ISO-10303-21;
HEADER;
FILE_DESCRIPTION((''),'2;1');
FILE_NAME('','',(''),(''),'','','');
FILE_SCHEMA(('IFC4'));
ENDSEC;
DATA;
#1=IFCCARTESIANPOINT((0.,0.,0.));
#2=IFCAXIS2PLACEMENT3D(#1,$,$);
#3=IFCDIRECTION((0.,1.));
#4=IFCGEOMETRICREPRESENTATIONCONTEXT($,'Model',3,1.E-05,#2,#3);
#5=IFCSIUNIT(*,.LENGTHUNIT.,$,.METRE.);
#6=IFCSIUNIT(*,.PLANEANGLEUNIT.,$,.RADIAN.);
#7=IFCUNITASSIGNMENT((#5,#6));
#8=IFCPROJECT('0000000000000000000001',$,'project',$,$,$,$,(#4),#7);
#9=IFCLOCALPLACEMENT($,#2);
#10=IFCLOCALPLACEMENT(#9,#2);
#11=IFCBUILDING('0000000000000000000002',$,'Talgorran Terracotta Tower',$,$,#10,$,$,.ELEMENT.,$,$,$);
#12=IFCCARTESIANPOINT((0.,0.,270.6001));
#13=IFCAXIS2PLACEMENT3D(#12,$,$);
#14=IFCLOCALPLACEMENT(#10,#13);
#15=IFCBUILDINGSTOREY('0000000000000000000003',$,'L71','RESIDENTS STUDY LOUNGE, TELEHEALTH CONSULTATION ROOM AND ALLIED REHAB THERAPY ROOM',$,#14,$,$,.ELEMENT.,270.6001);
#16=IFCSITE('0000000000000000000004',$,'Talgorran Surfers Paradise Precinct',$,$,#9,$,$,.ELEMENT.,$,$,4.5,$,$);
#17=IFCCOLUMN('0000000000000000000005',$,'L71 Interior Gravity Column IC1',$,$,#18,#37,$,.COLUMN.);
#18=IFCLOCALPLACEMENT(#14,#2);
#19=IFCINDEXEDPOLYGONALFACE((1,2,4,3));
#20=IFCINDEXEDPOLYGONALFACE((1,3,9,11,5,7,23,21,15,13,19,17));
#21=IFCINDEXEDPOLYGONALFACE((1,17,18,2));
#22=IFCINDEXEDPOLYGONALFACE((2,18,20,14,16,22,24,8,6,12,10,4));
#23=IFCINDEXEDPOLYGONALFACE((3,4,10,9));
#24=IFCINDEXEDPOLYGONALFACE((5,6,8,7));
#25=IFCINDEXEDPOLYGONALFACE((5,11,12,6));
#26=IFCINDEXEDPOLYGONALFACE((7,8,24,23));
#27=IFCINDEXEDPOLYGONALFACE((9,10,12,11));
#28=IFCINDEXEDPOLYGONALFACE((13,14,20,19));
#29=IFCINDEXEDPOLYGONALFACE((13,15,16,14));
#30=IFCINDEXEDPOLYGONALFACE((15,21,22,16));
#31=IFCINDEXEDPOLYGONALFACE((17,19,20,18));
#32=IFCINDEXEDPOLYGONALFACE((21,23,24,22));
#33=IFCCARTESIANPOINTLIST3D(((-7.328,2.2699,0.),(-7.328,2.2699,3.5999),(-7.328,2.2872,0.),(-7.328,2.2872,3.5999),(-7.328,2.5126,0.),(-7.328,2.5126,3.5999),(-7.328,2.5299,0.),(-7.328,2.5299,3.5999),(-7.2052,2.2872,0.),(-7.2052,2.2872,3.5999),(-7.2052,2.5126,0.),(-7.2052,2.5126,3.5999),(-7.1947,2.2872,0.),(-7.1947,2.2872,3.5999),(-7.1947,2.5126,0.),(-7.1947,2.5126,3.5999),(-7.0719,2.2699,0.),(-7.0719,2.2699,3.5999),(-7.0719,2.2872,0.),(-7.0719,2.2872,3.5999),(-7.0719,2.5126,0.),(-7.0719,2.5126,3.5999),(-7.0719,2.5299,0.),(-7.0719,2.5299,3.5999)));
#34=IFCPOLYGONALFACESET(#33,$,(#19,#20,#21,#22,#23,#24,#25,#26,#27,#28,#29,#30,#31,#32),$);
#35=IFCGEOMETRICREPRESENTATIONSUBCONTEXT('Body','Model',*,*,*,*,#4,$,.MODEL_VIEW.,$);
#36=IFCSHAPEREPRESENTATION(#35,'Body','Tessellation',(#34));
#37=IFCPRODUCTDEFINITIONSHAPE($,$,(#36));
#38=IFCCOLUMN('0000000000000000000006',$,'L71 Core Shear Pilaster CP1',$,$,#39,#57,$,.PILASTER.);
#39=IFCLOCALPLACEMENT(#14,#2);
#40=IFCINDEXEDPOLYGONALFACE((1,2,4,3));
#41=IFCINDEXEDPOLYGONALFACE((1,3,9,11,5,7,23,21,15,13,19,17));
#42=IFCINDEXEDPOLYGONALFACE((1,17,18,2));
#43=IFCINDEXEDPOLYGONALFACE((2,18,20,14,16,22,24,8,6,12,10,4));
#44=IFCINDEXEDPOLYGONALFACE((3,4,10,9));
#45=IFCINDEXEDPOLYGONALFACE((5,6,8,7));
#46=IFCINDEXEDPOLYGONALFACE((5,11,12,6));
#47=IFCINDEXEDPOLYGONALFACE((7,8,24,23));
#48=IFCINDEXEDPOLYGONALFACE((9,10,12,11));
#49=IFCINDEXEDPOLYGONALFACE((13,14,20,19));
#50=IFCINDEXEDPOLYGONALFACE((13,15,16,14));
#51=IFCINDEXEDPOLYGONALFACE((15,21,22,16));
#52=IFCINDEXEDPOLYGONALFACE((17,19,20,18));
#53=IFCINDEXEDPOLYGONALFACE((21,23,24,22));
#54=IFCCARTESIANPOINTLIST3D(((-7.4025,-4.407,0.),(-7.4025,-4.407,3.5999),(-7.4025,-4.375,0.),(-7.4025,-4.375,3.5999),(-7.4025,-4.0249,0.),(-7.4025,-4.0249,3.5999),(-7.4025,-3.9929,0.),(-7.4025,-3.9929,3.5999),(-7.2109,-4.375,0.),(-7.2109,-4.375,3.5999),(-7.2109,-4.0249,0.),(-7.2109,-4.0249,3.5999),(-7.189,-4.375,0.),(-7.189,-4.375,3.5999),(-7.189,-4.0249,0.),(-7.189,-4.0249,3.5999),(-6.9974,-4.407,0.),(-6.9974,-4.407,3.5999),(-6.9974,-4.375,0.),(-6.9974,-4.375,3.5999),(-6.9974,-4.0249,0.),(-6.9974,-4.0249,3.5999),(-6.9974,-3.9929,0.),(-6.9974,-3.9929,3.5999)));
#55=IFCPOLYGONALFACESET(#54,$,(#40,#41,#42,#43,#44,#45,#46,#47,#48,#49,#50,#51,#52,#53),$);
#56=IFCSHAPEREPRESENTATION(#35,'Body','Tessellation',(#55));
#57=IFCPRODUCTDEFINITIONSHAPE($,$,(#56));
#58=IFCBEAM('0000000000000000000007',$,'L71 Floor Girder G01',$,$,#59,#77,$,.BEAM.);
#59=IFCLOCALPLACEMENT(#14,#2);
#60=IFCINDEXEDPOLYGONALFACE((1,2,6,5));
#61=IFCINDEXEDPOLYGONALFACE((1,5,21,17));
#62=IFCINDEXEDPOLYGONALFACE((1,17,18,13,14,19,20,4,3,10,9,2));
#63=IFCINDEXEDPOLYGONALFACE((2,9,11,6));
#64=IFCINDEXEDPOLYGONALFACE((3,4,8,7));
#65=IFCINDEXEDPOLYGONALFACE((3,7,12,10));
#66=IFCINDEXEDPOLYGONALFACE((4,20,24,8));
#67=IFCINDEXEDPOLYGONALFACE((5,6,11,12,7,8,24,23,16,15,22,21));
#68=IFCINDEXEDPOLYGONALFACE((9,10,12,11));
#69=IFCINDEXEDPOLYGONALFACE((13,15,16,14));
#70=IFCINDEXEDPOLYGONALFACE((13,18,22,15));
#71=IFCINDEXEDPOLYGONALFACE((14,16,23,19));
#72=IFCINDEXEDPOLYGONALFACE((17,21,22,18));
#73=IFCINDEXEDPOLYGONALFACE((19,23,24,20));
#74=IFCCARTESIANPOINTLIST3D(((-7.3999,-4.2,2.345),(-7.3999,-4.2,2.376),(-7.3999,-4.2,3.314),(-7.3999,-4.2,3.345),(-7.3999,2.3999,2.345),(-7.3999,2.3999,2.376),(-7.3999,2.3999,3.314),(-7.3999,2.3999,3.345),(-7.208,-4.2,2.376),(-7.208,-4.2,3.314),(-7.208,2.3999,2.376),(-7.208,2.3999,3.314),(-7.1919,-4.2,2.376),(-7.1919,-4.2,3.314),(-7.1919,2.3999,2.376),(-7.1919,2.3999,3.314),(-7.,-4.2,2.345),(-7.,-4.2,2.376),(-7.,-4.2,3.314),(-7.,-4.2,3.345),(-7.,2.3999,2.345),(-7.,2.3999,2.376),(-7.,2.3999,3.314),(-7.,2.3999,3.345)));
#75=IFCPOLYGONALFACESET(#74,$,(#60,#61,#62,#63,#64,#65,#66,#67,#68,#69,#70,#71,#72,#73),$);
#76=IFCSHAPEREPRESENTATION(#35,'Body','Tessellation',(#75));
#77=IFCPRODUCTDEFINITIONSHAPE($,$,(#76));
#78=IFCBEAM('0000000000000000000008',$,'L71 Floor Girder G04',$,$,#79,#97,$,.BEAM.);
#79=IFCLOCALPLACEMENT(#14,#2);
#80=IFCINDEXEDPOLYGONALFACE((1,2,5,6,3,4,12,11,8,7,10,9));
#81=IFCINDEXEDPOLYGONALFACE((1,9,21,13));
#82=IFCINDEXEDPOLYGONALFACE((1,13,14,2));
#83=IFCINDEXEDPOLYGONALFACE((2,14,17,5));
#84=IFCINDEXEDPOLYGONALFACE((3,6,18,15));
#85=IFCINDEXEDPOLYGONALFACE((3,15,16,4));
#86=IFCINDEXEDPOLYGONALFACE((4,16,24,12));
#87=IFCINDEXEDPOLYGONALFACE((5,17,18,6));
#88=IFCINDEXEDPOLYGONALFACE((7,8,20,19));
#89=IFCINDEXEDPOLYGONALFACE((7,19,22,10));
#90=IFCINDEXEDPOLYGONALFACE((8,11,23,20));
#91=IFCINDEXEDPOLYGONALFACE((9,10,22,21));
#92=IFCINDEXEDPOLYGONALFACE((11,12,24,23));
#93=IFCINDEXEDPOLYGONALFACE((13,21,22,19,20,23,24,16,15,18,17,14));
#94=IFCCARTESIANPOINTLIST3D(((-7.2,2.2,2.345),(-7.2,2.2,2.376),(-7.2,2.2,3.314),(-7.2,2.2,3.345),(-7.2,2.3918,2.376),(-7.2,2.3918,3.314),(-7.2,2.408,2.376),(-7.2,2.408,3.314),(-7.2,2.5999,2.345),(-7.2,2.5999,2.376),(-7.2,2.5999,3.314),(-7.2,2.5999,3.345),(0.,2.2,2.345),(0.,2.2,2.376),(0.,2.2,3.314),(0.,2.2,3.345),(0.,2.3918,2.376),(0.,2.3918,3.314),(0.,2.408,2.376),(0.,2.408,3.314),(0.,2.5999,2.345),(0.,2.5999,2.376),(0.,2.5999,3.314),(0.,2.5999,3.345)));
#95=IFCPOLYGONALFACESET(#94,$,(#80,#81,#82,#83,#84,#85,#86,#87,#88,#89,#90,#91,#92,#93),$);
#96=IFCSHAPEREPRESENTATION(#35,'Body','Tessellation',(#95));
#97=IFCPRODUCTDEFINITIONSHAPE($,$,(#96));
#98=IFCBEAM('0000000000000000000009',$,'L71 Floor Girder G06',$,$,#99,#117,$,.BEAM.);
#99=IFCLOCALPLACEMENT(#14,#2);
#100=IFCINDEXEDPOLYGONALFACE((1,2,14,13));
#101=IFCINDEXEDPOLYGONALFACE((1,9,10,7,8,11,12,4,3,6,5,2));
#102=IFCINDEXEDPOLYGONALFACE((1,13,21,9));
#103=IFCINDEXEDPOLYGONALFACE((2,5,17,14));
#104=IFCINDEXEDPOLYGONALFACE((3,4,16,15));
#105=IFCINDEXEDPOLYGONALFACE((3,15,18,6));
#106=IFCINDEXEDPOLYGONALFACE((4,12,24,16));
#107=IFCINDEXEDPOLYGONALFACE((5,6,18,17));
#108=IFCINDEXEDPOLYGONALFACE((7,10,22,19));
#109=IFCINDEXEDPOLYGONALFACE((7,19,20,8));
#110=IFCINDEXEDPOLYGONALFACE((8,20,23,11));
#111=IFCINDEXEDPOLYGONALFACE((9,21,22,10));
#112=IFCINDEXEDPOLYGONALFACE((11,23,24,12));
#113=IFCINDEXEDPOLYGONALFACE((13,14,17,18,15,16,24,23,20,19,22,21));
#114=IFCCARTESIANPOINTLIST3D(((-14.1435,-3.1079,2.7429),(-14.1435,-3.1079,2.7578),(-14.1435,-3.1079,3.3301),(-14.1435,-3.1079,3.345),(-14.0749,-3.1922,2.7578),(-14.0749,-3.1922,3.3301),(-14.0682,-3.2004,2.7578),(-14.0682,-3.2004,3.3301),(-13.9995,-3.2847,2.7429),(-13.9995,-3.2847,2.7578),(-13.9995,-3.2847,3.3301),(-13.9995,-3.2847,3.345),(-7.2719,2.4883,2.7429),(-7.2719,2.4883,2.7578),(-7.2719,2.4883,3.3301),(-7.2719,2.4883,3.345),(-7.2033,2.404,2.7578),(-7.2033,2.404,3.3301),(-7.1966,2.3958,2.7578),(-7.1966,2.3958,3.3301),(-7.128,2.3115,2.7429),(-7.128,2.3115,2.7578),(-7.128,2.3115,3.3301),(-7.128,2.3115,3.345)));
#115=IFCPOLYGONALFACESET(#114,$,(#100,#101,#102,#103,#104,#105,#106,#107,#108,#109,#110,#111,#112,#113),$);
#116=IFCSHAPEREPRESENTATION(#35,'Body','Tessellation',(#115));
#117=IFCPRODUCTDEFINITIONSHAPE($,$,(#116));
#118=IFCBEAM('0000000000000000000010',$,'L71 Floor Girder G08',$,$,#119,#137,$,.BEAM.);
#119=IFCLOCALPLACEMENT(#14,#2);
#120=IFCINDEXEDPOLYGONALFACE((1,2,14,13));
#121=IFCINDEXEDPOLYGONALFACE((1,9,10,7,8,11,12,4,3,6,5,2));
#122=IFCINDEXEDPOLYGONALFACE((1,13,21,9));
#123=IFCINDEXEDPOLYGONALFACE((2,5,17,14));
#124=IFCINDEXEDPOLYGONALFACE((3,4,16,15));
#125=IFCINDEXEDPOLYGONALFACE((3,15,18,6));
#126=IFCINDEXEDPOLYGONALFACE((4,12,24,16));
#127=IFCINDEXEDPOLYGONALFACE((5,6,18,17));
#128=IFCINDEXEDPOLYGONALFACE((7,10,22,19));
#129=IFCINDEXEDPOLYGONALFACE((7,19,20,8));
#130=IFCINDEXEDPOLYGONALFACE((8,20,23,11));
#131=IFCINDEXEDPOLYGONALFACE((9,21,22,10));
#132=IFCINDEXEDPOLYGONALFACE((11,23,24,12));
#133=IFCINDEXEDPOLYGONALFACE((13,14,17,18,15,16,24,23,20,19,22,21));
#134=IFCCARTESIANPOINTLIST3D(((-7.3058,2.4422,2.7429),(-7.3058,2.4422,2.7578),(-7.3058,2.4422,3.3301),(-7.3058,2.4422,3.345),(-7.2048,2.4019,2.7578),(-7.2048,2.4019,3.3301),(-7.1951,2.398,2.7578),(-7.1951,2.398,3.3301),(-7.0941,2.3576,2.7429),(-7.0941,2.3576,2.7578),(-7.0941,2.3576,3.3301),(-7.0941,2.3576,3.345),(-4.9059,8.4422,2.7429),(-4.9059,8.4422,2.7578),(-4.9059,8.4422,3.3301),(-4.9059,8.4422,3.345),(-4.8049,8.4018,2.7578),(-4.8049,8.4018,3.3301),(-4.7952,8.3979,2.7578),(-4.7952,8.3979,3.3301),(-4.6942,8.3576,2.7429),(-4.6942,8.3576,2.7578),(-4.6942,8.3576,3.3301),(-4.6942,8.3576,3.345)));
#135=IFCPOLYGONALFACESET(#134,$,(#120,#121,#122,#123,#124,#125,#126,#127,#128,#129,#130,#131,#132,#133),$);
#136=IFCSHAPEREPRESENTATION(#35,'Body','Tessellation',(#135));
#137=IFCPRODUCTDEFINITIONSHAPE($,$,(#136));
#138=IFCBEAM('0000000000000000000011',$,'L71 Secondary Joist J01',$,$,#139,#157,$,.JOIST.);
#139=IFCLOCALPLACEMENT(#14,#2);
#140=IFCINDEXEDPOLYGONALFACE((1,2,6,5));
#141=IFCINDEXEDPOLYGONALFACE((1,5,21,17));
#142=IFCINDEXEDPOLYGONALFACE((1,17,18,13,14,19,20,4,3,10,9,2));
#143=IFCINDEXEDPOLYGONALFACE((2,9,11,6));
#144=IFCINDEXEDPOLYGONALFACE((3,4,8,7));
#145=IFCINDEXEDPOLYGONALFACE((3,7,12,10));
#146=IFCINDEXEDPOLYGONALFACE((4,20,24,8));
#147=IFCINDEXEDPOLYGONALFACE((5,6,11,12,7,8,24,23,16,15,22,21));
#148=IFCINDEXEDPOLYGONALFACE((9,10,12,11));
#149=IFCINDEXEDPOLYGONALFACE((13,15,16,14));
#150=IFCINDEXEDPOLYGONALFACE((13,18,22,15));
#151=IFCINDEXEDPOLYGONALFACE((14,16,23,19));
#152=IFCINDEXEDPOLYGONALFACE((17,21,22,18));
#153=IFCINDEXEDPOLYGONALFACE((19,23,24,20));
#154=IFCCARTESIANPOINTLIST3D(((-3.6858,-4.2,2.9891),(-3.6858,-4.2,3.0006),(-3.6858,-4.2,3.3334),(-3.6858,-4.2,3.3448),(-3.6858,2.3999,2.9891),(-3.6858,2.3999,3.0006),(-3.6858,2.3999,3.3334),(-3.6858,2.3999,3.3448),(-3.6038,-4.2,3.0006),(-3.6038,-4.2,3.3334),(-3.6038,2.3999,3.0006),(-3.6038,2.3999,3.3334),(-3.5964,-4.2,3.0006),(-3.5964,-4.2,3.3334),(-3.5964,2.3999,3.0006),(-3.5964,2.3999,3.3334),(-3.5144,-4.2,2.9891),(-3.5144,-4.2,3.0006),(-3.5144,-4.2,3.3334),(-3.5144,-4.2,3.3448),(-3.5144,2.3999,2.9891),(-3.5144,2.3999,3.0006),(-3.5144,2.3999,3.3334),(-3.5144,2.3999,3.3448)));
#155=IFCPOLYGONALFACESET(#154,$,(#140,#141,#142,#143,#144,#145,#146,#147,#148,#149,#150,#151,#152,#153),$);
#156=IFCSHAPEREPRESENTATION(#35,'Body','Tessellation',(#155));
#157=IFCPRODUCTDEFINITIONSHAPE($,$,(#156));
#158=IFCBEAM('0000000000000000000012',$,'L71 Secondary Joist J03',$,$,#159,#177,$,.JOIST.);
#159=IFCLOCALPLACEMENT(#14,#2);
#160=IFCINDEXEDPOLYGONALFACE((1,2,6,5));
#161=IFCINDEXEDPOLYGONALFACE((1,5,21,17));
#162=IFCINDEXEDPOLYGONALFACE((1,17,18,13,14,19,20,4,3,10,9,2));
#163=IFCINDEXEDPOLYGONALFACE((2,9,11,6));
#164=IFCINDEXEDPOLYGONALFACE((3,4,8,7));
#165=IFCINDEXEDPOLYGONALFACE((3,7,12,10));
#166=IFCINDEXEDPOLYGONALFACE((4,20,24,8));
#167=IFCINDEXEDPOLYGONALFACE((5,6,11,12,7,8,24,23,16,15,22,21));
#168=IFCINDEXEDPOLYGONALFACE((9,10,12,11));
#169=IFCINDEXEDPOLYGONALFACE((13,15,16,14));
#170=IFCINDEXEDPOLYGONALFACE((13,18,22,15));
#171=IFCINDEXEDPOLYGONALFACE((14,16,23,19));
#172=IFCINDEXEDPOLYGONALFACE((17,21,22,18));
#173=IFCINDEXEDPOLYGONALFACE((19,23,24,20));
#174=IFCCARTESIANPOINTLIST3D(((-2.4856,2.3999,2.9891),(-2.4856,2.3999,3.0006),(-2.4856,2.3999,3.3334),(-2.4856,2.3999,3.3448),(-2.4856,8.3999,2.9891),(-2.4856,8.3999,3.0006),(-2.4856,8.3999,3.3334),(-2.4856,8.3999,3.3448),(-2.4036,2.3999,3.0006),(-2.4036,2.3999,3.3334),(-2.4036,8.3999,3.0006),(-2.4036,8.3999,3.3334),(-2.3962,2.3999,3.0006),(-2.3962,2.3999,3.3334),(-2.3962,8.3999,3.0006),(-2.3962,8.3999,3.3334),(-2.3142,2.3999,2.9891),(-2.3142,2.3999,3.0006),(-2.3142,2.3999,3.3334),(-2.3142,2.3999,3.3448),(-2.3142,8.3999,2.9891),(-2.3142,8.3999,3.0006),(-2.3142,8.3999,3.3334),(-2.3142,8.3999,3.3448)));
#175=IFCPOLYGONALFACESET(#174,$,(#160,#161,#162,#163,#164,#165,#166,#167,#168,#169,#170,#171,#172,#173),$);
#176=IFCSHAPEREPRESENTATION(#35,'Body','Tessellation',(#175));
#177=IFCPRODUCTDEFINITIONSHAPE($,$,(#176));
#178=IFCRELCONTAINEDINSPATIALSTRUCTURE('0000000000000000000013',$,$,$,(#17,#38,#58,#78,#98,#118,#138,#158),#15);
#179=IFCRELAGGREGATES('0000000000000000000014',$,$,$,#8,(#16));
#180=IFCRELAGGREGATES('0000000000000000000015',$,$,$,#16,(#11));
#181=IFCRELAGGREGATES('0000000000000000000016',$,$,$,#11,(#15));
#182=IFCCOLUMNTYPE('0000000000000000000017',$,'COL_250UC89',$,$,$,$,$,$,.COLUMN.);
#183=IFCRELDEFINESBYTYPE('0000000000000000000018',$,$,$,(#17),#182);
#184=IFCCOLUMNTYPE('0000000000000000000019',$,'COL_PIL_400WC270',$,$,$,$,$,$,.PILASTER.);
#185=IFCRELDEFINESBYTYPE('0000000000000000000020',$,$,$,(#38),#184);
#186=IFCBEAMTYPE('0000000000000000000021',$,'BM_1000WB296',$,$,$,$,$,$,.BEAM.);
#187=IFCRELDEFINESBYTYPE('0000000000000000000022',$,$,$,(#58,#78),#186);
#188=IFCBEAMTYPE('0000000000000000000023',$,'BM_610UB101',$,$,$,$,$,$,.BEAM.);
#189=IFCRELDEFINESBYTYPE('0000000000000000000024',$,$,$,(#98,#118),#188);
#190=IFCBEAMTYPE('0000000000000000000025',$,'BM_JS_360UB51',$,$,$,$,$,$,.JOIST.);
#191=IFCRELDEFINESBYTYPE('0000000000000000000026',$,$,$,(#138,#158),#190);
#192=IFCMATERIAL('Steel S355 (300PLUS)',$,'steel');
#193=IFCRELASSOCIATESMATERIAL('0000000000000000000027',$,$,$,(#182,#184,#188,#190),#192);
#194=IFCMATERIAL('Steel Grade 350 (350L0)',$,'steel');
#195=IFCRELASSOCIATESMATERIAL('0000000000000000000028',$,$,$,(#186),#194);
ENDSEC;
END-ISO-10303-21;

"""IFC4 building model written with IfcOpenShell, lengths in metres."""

from ifc_helpers import new_model, si_unit, direction, frame, origin, origin_2d, place, context, subcontext, project, spatial, i_section, extrude, material, material_profile, profile_set, type_object, element, save


model = new_model("IFC4")

# Units and contexts
model_context = context("Model", 3, precision=1e-05, world=origin(), true_north=direction((0.0, 1.0)))
body_context = subcontext(model_context, "Body", "Model", "MODEL_VIEW")
ifc_project = project(units=[si_unit("LENGTHUNIT", "METRE"), si_unit("PLANEANGLEUNIT", "RADIAN")], contexts=[model_context])

# Site, building, storey
site_placement = place(None, origin())
site = spatial("IfcSite", under=ifc_project, at=site_placement, Name="Talgorran Surfers Paradise Precinct", CompositionType="ELEMENT", RefElevation=4.5)
building_placement = place(site_placement, origin())
building = spatial("IfcBuilding", under=site, at=building_placement, Name="Talgorran Terracotta Tower", CompositionType="ELEMENT")
storey_placement = place(building_placement, frame((0.0, 0.0, 270.6001)))
storey = spatial("IfcBuildingStorey", under=building, at=storey_placement, Name="L71", Description="RESIDENTS STUDY LOUNGE, TELEHEALTH CONSULTATION ROOM AND ALLIED REHAB THERAPY ROOM", CompositionType="ELEMENT", Elevation=270.6001)

# Columns
ifc_material_1 = material(Name="Steel S355 (300PLUS)", Category="steel")
ifc_material_profile_1 = material_profile(ifc_material_1, i_section(OverallWidth=0.2561, OverallDepth=0.26, WebThickness=0.0105, FlangeThickness=0.0173, at=origin_2d()), Name="250UC89.5")
ifc_profile_set_1 = profile_set([ifc_material_profile_1], Name="Steel S355 (300PLUS)")
column_type_1 = type_object("IfcColumnType", Name="COL_250UC89", PredefinedType="COLUMN", material=ifc_profile_set_1)
column_1_placement = place(storey_placement, frame((-7.2, 2.3999, 0.0), z_axis=(0.0, 0.0, 1.0), x_axis=(1.0, 0.0, 0.0)))
element("IfcColumn", 1, at=column_1_placement, inside=storey, type_object=column_type_1, Name="L71 Interior Gravity Column IC1", PredefinedType="COLUMN", context=body_context, shape_type="SweptSolid", body=[
    extrude(i_section(OverallWidth=0.2561, OverallDepth=0.26, WebThickness=0.0105, FlangeThickness=0.0173, at=origin_2d()), origin(), (0.0, 0.0, 1.0), 3.5999),
])
ifc_material_profile_2 = material_profile(ifc_material_1, i_section(OverallWidth=0.405, OverallDepth=0.4141, WebThickness=0.022, FlangeThickness=0.032, at=origin_2d()), Name="400WC270")
ifc_profile_set_2 = profile_set([ifc_material_profile_2], Name="Steel S355 (300PLUS)")
column_type_2 = type_object("IfcColumnType", Name="COL_PIL_400WC270", PredefinedType="PILASTER", material=ifc_profile_set_2)
column_2_placement = place(storey_placement, frame((-7.2, -4.2, 0.0), z_axis=(0.0, 0.0, 1.0), x_axis=(1.0, 0.0, 0.0)))
element("IfcColumn", 2, at=column_2_placement, inside=storey, type_object=column_type_2, Name="L71 Core Shear Pilaster CP1", PredefinedType="PILASTER", context=body_context, shape_type="SweptSolid", body=[
    extrude(i_section(OverallWidth=0.405, OverallDepth=0.4141, WebThickness=0.022, FlangeThickness=0.032, at=origin_2d()), origin(), (0.0, 0.0, 1.0), 3.5999),
])

# Beams
ifc_material_2 = material(Name="Steel Grade 350 (350L0)", Category="steel")
ifc_material_profile_3 = material_profile(ifc_material_2, i_section(OverallWidth=0.3999, OverallDepth=1.0, WebThickness=0.0161, FlangeThickness=0.031, at=origin_2d()), Name="1000WB296")
ifc_profile_set_3 = profile_set([ifc_material_profile_3], Name="Steel Grade 350 (350L0)")
beam_type_1 = type_object("IfcBeamType", Name="BM_1000WB296", PredefinedType="BEAM", material=ifc_profile_set_3)
beam_1_placement = place(storey_placement, frame((-7.2, -4.2, 2.845), z_axis=(0.0, 1.0, 0.0), x_axis=(-1.0, 0.0, 0.0)))
element("IfcBeam", 3, at=beam_1_placement, inside=storey, type_object=beam_type_1, Name="L71 Floor Girder G01", PredefinedType="BEAM", context=body_context, shape_type="SweptSolid", body=[
    extrude(i_section(OverallWidth=0.3999, OverallDepth=1.0, WebThickness=0.0161, FlangeThickness=0.031, at=origin_2d()), origin(), (0.0, 0.0, 1.0), 6.5999),
])
beam_2_placement = place(storey_placement, frame((-7.2, 2.3999, 2.845), z_axis=(1.0, 0.0, 0.0), x_axis=(0.0, 1.0, 0.0)))
element("IfcBeam", 4, at=beam_2_placement, inside=storey, type_object=beam_type_1, Name="L71 Floor Girder G04", PredefinedType="BEAM", context=body_context, shape_type="SweptSolid", body=[
    extrude(i_section(OverallWidth=0.3999, OverallDepth=1.0, WebThickness=0.0161, FlangeThickness=0.031, at=origin_2d()), origin(), (0.0, 0.0, 1.0), 7.2),
])
ifc_material_profile_4 = material_profile(ifc_material_1, i_section(OverallWidth=0.228, OverallDepth=0.6021, WebThickness=0.0105, FlangeThickness=0.0149, at=origin_2d()), Name="610UB101")
ifc_profile_set_4 = profile_set([ifc_material_profile_4], Name="Steel S355 (300PLUS)")
beam_type_2 = type_object("IfcBeamType", Name="BM_610UB101", PredefinedType="BEAM", material=ifc_profile_set_4)
beam_3_placement = place(storey_placement, frame((-7.2, 2.3999, 3.0439), z_axis=(-0.775394, -0.631478, 0.0), x_axis=(0.631478, -0.775394, 0.0)))
element("IfcBeam", 5, at=beam_3_placement, inside=storey, type_object=beam_type_2, Name="L71 Floor Girder G06", PredefinedType="BEAM", context=body_context, shape_type="SweptSolid", body=[
    extrude(i_section(OverallWidth=0.228, OverallDepth=0.6021, WebThickness=0.0105, FlangeThickness=0.0149, at=origin_2d()), origin(), (0.0, 0.0, 1.0), 8.8621),
])
beam_4_placement = place(storey_placement, frame((-7.2, 2.3999, 3.0439), z_axis=(0.371378, 0.928482, 0.0), x_axis=(-0.928482, 0.371378, 0.0)))
element("IfcBeam", 6, at=beam_4_placement, inside=storey, type_object=beam_type_2, Name="L71 Floor Girder G08", PredefinedType="BEAM", context=body_context, shape_type="SweptSolid", body=[
    extrude(i_section(OverallWidth=0.228, OverallDepth=0.6021, WebThickness=0.0105, FlangeThickness=0.0149, at=origin_2d()), origin(), (0.0, 0.0, 1.0), 6.4622),
])
ifc_material_profile_5 = material_profile(ifc_material_1, i_section(OverallWidth=0.1714, OverallDepth=0.3557, WebThickness=0.0073, FlangeThickness=0.0115, at=origin_2d()), Name="360UB50.7")
ifc_profile_set_5 = profile_set([ifc_material_profile_5], Name="Steel S355 (300PLUS)")
beam_type_3 = type_object("IfcBeamType", Name="BM_JS_360UB51", PredefinedType="JOIST", material=ifc_profile_set_5)
beam_5_placement = place(storey_placement, frame((-3.6001, -4.2, 3.167), z_axis=(0.0, 1.0, 0.0), x_axis=(-1.0, 0.0, 0.0)))
element("IfcBeam", 7, at=beam_5_placement, inside=storey, type_object=beam_type_3, Name="L71 Secondary Joist J01", PredefinedType="JOIST", context=body_context, shape_type="SweptSolid", body=[
    extrude(i_section(OverallWidth=0.1714, OverallDepth=0.3557, WebThickness=0.0073, FlangeThickness=0.0115, at=origin_2d()), origin(), (0.0, 0.0, 1.0), 6.5999),
])
beam_6_placement = place(storey_placement, frame((-2.3999, 2.3999, 3.167), z_axis=(0.0, 1.0, 0.0), x_axis=(-1.0, 0.0, 0.0)))
element("IfcBeam", 8, at=beam_6_placement, inside=storey, type_object=beam_type_3, Name="L71 Secondary Joist J03", PredefinedType="JOIST", context=body_context, shape_type="SweptSolid", body=[
    extrude(i_section(OverallWidth=0.1714, OverallDepth=0.3557, WebThickness=0.0073, FlangeThickness=0.0115, at=origin_2d()), origin(), (0.0, 0.0, 1.0), 6.0),
])

save(model, "model.ifc")
